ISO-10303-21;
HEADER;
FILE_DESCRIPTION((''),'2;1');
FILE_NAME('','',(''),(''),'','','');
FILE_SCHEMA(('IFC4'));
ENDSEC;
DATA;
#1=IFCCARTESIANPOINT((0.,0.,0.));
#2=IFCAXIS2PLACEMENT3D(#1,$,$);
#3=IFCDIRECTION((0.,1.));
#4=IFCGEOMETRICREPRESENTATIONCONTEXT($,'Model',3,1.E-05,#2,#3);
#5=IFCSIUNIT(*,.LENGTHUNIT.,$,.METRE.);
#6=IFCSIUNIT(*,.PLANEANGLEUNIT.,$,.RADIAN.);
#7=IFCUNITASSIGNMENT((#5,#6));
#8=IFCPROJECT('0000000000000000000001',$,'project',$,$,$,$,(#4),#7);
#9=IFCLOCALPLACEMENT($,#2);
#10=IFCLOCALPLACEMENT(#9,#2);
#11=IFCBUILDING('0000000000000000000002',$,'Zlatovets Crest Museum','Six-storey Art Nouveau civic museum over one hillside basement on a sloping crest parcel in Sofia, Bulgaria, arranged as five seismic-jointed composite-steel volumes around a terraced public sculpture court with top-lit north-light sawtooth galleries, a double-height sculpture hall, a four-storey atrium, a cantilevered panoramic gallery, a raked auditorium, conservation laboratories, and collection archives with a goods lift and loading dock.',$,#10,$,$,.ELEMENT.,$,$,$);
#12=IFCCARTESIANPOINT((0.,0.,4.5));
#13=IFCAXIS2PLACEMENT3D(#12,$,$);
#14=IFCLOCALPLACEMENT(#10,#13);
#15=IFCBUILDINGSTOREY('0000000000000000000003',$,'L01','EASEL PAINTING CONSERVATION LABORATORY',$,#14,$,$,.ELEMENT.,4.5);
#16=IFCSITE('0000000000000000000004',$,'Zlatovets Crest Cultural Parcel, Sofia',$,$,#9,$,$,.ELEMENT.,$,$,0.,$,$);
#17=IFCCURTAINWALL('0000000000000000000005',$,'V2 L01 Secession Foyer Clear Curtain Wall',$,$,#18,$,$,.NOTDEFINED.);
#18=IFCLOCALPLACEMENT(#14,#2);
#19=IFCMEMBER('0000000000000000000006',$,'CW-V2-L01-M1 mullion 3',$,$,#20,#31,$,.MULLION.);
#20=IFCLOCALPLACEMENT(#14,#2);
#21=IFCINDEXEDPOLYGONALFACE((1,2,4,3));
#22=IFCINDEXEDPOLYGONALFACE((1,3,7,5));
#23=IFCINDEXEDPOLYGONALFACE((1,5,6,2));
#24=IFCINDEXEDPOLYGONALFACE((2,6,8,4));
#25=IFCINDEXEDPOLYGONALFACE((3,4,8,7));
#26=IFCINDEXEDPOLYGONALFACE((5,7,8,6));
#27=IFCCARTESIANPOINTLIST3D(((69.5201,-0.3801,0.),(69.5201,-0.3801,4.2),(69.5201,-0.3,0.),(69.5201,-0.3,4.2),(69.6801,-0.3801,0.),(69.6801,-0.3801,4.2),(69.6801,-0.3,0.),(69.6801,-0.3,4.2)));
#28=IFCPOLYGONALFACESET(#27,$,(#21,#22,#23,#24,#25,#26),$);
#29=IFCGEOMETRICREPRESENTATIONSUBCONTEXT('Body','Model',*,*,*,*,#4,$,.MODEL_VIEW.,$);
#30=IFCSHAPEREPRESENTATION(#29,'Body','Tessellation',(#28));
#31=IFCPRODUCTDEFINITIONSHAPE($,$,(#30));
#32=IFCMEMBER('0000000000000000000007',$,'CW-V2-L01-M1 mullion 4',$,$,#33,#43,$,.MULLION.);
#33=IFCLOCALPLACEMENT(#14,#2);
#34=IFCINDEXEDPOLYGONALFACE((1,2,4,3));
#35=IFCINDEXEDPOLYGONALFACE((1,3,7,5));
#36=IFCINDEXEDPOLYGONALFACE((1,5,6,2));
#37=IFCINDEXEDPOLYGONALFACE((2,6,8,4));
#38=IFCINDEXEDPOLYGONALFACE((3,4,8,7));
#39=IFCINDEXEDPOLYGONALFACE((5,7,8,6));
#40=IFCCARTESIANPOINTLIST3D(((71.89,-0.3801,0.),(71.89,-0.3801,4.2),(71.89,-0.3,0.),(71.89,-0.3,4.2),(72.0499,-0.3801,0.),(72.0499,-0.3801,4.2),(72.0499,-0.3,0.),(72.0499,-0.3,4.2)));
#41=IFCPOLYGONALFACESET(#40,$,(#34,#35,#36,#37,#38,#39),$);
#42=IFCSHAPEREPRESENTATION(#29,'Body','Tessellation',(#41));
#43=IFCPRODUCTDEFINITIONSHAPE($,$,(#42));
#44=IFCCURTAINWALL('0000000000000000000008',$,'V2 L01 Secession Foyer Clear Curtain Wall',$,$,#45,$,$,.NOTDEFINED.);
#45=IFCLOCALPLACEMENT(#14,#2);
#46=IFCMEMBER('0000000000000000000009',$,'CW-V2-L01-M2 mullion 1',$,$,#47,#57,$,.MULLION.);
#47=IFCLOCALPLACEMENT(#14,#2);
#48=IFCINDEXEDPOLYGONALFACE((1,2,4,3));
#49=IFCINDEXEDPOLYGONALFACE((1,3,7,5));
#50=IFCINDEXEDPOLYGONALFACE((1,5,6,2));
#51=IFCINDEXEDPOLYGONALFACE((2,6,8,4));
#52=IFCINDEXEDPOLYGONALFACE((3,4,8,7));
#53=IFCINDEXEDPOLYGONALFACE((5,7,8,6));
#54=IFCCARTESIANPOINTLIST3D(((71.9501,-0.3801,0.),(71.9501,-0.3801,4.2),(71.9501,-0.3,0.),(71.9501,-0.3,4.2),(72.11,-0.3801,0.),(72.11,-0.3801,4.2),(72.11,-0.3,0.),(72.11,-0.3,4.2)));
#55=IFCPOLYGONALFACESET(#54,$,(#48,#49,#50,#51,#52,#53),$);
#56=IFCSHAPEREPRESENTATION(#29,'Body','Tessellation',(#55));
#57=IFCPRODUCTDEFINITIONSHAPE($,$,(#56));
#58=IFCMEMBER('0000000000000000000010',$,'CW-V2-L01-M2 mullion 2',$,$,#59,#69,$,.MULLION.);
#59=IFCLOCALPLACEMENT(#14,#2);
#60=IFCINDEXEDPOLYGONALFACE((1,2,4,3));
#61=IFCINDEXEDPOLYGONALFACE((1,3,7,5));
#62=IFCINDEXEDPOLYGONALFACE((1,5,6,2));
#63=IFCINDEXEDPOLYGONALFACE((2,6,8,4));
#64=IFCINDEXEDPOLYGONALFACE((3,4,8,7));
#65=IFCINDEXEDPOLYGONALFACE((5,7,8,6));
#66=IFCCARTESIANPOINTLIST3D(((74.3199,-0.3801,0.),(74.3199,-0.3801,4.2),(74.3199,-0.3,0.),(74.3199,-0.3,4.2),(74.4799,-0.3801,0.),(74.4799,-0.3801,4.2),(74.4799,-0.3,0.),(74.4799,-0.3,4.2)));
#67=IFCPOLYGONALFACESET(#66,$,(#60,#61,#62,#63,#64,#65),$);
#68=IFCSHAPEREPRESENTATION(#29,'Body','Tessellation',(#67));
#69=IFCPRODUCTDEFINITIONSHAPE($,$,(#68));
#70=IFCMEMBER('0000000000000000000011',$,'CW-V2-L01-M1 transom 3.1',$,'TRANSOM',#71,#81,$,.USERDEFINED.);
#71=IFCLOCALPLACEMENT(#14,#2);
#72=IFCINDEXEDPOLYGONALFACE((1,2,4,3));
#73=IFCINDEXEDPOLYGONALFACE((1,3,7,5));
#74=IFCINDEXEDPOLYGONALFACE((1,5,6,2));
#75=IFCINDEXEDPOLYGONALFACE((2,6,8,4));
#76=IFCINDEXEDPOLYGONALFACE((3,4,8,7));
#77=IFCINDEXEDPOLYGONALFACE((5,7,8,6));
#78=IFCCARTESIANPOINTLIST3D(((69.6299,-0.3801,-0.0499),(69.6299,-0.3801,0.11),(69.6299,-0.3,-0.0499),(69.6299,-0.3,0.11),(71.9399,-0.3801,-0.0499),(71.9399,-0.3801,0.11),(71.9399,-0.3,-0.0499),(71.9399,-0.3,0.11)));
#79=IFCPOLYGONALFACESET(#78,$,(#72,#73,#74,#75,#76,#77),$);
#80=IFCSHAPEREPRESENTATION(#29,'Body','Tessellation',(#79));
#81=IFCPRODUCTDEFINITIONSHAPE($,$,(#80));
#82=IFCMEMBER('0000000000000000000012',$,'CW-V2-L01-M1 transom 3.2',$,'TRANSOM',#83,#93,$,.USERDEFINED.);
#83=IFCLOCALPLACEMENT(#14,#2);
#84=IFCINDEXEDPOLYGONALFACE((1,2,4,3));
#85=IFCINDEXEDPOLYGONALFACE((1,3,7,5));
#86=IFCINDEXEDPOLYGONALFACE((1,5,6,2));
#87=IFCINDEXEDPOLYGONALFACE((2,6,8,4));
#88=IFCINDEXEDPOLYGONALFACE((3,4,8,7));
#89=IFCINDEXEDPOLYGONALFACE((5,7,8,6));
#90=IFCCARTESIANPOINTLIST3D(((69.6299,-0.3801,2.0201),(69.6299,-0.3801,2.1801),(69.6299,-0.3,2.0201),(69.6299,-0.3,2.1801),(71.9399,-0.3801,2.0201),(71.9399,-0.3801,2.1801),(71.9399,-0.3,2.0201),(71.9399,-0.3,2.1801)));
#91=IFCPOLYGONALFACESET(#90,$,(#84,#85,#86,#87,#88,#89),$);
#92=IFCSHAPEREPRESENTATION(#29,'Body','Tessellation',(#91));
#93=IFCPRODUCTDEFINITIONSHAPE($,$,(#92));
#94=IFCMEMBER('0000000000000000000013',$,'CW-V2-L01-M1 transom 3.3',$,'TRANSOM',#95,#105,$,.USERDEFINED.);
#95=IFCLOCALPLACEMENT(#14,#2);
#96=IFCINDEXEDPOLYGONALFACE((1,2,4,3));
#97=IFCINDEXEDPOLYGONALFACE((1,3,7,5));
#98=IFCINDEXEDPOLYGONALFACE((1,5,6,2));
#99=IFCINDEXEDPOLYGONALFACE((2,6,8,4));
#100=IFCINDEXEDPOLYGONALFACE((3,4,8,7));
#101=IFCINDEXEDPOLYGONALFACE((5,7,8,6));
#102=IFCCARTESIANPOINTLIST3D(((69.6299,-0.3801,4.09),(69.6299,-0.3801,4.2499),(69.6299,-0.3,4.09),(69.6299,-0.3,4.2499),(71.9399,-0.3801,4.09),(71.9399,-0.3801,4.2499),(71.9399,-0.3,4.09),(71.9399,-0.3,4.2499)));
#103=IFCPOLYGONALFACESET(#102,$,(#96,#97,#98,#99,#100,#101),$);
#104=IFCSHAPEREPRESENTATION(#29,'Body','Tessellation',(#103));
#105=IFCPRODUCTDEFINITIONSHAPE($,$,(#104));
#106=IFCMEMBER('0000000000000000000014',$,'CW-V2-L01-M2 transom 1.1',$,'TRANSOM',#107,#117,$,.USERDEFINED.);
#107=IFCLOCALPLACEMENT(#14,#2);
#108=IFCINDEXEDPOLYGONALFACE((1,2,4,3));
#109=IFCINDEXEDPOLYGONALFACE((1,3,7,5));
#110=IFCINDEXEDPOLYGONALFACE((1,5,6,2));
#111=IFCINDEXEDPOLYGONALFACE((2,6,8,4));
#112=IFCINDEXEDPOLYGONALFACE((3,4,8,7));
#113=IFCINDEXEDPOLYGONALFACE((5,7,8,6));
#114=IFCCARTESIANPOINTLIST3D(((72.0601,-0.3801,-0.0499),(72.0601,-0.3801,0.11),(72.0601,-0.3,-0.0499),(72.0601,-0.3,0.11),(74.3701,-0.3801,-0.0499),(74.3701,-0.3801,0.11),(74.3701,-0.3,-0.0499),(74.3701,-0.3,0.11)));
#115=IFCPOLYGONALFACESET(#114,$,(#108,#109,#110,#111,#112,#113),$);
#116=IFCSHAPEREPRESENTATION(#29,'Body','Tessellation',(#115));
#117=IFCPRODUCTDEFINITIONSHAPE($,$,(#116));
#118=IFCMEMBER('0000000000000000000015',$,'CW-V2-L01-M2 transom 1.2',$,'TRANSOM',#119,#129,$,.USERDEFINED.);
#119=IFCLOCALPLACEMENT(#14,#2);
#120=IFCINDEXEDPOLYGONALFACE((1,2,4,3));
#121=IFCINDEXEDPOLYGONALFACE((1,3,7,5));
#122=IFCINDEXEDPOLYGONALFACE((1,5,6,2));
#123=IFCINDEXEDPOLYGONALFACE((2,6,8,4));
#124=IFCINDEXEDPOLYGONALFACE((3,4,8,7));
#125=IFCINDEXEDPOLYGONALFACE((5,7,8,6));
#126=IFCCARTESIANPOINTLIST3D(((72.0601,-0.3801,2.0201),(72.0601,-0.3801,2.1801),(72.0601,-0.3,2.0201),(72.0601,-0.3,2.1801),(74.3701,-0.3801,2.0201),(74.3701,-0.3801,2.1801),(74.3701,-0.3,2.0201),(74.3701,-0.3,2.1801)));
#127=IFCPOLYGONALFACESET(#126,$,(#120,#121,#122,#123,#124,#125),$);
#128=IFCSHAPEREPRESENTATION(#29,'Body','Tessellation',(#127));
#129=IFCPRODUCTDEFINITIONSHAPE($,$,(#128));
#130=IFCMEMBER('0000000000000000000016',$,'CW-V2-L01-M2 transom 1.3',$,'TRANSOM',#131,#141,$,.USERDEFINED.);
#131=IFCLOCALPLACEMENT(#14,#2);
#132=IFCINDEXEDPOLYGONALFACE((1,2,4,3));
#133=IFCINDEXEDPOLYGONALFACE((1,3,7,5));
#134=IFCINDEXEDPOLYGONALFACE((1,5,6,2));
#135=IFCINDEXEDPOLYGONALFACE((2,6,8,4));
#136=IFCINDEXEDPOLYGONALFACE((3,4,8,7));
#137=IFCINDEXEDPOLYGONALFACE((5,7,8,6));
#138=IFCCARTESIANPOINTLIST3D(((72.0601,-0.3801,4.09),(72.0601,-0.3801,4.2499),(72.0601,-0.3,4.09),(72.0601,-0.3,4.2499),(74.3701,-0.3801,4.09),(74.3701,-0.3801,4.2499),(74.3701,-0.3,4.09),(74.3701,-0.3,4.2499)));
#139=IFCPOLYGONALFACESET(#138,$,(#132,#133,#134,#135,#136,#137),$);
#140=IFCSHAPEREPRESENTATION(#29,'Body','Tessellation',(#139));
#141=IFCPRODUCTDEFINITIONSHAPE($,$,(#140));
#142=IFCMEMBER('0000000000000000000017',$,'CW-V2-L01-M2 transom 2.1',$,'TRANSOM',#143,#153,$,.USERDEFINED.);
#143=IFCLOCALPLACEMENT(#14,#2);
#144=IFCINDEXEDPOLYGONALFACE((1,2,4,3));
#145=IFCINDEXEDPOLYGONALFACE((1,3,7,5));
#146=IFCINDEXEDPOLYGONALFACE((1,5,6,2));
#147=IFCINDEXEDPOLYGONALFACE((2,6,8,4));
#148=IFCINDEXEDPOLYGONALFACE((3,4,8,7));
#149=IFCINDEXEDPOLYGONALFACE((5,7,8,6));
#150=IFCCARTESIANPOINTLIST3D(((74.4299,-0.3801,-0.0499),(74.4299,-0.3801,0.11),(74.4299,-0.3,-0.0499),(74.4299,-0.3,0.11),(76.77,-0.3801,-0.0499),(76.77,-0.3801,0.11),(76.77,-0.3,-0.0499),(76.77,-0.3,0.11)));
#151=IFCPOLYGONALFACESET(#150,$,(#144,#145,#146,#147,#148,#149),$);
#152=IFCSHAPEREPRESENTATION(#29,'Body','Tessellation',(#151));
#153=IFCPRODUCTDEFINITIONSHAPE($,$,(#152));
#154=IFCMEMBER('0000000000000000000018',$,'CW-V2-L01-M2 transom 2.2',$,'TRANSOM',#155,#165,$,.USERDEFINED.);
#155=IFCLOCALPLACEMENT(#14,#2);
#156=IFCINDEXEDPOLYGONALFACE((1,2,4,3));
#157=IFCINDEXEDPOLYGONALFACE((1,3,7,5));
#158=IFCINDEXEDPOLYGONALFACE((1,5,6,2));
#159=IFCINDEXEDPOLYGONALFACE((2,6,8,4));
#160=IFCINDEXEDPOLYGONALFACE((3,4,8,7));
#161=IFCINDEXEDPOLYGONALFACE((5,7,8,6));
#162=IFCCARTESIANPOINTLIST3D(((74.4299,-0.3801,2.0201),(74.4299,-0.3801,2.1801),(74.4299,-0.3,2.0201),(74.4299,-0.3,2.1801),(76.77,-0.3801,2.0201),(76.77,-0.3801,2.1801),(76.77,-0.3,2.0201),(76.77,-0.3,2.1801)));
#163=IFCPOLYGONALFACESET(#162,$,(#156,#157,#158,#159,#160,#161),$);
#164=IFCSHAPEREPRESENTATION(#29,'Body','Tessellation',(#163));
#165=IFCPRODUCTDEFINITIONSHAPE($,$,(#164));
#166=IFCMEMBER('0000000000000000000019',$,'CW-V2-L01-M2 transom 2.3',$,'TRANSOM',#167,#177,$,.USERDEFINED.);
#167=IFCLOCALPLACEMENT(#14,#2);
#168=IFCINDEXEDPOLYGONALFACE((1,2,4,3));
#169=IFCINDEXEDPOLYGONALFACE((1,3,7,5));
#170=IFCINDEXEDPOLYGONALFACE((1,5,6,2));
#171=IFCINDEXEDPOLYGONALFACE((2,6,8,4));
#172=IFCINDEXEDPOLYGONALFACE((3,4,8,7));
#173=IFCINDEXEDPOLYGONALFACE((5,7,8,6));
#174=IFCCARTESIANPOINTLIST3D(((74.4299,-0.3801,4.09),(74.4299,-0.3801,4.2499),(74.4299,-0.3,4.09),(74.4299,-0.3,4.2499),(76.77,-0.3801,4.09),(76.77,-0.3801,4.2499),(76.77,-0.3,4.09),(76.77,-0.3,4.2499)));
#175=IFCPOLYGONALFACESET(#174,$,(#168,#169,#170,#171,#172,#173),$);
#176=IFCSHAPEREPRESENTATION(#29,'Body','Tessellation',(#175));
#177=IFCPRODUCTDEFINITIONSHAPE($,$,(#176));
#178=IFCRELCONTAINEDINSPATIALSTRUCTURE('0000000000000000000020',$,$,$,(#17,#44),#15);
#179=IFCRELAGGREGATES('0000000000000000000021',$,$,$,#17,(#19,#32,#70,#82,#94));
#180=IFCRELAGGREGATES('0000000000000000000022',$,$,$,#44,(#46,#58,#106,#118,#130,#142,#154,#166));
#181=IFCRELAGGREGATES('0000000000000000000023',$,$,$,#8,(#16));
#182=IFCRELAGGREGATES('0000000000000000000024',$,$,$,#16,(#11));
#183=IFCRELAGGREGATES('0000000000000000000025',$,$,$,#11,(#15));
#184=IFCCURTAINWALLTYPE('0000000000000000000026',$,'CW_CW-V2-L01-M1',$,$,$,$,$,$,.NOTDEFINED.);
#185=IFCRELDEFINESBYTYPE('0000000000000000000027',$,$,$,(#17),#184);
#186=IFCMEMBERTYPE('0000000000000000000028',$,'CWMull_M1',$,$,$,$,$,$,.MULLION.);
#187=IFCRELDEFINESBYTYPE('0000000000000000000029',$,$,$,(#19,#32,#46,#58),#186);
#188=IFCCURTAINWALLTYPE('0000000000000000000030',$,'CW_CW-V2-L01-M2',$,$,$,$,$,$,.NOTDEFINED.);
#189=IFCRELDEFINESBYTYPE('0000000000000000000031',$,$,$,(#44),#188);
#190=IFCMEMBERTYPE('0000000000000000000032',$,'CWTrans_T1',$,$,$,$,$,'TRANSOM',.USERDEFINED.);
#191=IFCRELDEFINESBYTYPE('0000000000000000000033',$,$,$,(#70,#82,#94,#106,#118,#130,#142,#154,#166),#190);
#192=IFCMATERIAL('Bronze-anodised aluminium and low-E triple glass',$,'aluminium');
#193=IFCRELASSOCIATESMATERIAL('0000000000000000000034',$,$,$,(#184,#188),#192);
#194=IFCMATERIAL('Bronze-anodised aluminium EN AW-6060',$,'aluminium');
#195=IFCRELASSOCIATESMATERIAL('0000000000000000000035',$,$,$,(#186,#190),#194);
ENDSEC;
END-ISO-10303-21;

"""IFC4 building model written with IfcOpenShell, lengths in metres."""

from ifc_helpers import new_model, si_unit, direction, frame, origin, origin_2d, place, context, subcontext, project, spatial, rectangle, extrude, material, material_profile, profile_set, type_object, element, aggregate, save


model = new_model("IFC4")

# Units and contexts
model_context = context("Model", 3, precision=1e-05, world=origin(), true_north=direction((0.0, 1.0)))
body_context = subcontext(model_context, "Body", "Model", "MODEL_VIEW")
ifc_project = project(units=[si_unit("LENGTHUNIT", "METRE"), si_unit("PLANEANGLEUNIT", "RADIAN")], contexts=[model_context])

# Site, building, storey
site_placement = place(None, origin())
site = spatial("IfcSite", under=ifc_project, at=site_placement, Name="Zlatovets Crest Cultural Parcel, Sofia", CompositionType="ELEMENT", RefElevation=0.0)
building_placement = place(site_placement, origin())
building = spatial("IfcBuilding", under=site, at=building_placement, Name="Zlatovets Crest Museum", Description="Six-storey Art Nouveau civic museum over one hillside basement on a sloping crest parcel in Sofia, Bulgaria, arranged as five seismic-jointed composite-steel volumes around a terraced public sculpture court with top-lit north-light sawtooth galleries, a double-height sculpture hall, a four-storey atrium, a cantilevered panoramic gallery, a raked auditorium, conservation laboratories, and collection archives with a goods lift and loading dock.", CompositionType="ELEMENT")
storey_placement = place(building_placement, frame((0.0, 0.0, 4.5)))
storey = spatial("IfcBuildingStorey", under=building, at=storey_placement, Name="L01", Description="EASEL PAINTING CONSERVATION LABORATORY", CompositionType="ELEMENT", Elevation=4.5)

# Curtain walls, members
ifc_material_1 = material(Name="Bronze-anodised aluminium and low-E triple glass", Category="aluminium")
curtain_wall_type_1 = type_object("IfcCurtainWallType", Name="CW_CW-V2-L01-M1", PredefinedType="NOTDEFINED", material=ifc_material_1)
curtain_wall_1_placement = place(storey_placement, origin())
curtain_wall_1 = element("IfcCurtainWall", 1, at=curtain_wall_1_placement, inside=storey, type_object=curtain_wall_type_1, Name="V2 L01 Secession Foyer Clear Curtain Wall", PredefinedType="NOTDEFINED")
ifc_material_2 = material(Name="Bronze-anodised aluminium EN AW-6060", Category="aluminium")
ifc_material_profile_1 = material_profile(ifc_material_2, rectangle(XDim=0.0801, YDim=0.1599, at=origin_2d()), Name="ALU 80x160")
ifc_profile_set_1 = profile_set([ifc_material_profile_1], Name="Bronze-anodised aluminium EN AW-6060")
member_type_1 = type_object("IfcMemberType", Name="CWMull_M1", PredefinedType="MULLION", material=ifc_profile_set_1)
member_1_placement = place(storey_placement, frame((69.6001, -0.3401, 0.0), z_axis=(0.0, 0.0, 1.0), x_axis=(0.0, 1.0, 0.0)))
member_1 = element("IfcMember", 2, at=member_1_placement, type_object=member_type_1, Name="CW-V2-L01-M1 mullion 3", PredefinedType="MULLION", context=body_context, shape_type="SweptSolid", body=[
    extrude(rectangle(XDim=0.0801, YDim=0.1599, at=origin_2d()), origin(), (0.0, 0.0, 1.0), 4.2),
])
member_2_placement = place(storey_placement, frame((71.97, -0.3401, 0.0), z_axis=(0.0, 0.0, 1.0), x_axis=(0.0, 1.0, 0.0)))
member_2 = element("IfcMember", 3, at=member_2_placement, type_object=member_type_1, Name="CW-V2-L01-M1 mullion 4", PredefinedType="MULLION", context=body_context, shape_type="SweptSolid", body=[
    extrude(rectangle(XDim=0.0801, YDim=0.1599, at=origin_2d()), origin(), (0.0, 0.0, 1.0), 4.2),
])
curtain_wall_type_2 = type_object("IfcCurtainWallType", Name="CW_CW-V2-L01-M2", PredefinedType="NOTDEFINED", material=ifc_material_1)
curtain_wall_2_placement = place(storey_placement, origin())
curtain_wall_2 = element("IfcCurtainWall", 4, at=curtain_wall_2_placement, inside=storey, type_object=curtain_wall_type_2, Name="V2 L01 Secession Foyer Clear Curtain Wall", PredefinedType="NOTDEFINED")
member_3_placement = place(storey_placement, frame((72.03, -0.3401, 0.0), z_axis=(0.0, 0.0, 1.0), x_axis=(0.0, 1.0, 0.0)))
member_3 = element("IfcMember", 5, at=member_3_placement, type_object=member_type_1, Name="CW-V2-L01-M2 mullion 1", PredefinedType="MULLION", context=body_context, shape_type="SweptSolid", body=[
    extrude(rectangle(XDim=0.0801, YDim=0.1599, at=origin_2d()), origin(), (0.0, 0.0, 1.0), 4.2),
])
member_4_placement = place(storey_placement, frame((74.3999, -0.3401, 0.0), z_axis=(0.0, 0.0, 1.0), x_axis=(0.0, 1.0, 0.0)))
member_4 = element("IfcMember", 6, at=member_4_placement, type_object=member_type_1, Name="CW-V2-L01-M2 mullion 2", PredefinedType="MULLION", context=body_context, shape_type="SweptSolid", body=[
    extrude(rectangle(XDim=0.0801, YDim=0.1599, at=origin_2d()), origin(), (0.0, 0.0, 1.0), 4.2),
])

# Members
ifc_material_profile_2 = material_profile(ifc_material_2, rectangle(XDim=0.0801, YDim=0.1599, at=origin_2d()), Name="ALU 80x160")
ifc_profile_set_2 = profile_set([ifc_material_profile_2], Name="Bronze-anodised aluminium EN AW-6060")
member_type_2 = type_object("IfcMemberType", Name="CWTrans_T1", ElementType="TRANSOM", PredefinedType="USERDEFINED", material=ifc_profile_set_2)
member_5_placement = place(storey_placement, frame((69.6299, -0.3401, 0.03), z_axis=(1.0, 0.0, 0.0), x_axis=(0.0, 1.0, 0.0)))
member_5 = element("IfcMember", 7, at=member_5_placement, type_object=member_type_2, Name="CW-V2-L01-M1 transom 3.1", ObjectType="TRANSOM", PredefinedType="USERDEFINED", context=body_context, shape_type="SweptSolid", body=[
    extrude(rectangle(XDim=0.0801, YDim=0.1599, at=origin_2d()), origin(), (0.0, 0.0, 1.0), 2.3101),
])
member_6_placement = place(storey_placement, frame((69.6299, -0.3401, 2.1001), z_axis=(1.0, 0.0, 0.0), x_axis=(0.0, 1.0, 0.0)))
member_6 = element("IfcMember", 8, at=member_6_placement, type_object=member_type_2, Name="CW-V2-L01-M1 transom 3.2", ObjectType="TRANSOM", PredefinedType="USERDEFINED", context=body_context, shape_type="SweptSolid", body=[
    extrude(rectangle(XDim=0.0801, YDim=0.1599, at=origin_2d()), origin(), (0.0, 0.0, 1.0), 2.3101),
])
member_7_placement = place(storey_placement, frame((69.6299, -0.3401, 4.1699), z_axis=(1.0, 0.0, 0.0), x_axis=(0.0, 1.0, 0.0)))
member_7 = element("IfcMember", 9, at=member_7_placement, type_object=member_type_2, Name="CW-V2-L01-M1 transom 3.3", ObjectType="TRANSOM", PredefinedType="USERDEFINED", context=body_context, shape_type="SweptSolid", body=[
    extrude(rectangle(XDim=0.0801, YDim=0.1599, at=origin_2d()), origin(), (0.0, 0.0, 1.0), 2.3101),
])
member_8_placement = place(storey_placement, frame((72.0601, -0.3401, 0.03), z_axis=(1.0, 0.0, 0.0), x_axis=(0.0, 1.0, 0.0)))
member_8 = element("IfcMember", 10, at=member_8_placement, type_object=member_type_2, Name="CW-V2-L01-M2 transom 1.1", ObjectType="TRANSOM", PredefinedType="USERDEFINED", context=body_context, shape_type="SweptSolid", body=[
    extrude(rectangle(XDim=0.0801, YDim=0.1599, at=origin_2d()), origin(), (0.0, 0.0, 1.0), 2.3101),
])
member_9_placement = place(storey_placement, frame((72.0601, -0.3401, 2.1001), z_axis=(1.0, 0.0, 0.0), x_axis=(0.0, 1.0, 0.0)))
member_9 = element("IfcMember", 11, at=member_9_placement, type_object=member_type_2, Name="CW-V2-L01-M2 transom 1.2", ObjectType="TRANSOM", PredefinedType="USERDEFINED", context=body_context, shape_type="SweptSolid", body=[
    extrude(rectangle(XDim=0.0801, YDim=0.1599, at=origin_2d()), origin(), (0.0, 0.0, 1.0), 2.3101),
])
member_10_placement = place(storey_placement, frame((72.0601, -0.3401, 4.1699), z_axis=(1.0, 0.0, 0.0), x_axis=(0.0, 1.0, 0.0)))
member_10 = element("IfcMember", 12, at=member_10_placement, type_object=member_type_2, Name="CW-V2-L01-M2 transom 1.3", ObjectType="TRANSOM", PredefinedType="USERDEFINED", context=body_context, shape_type="SweptSolid", body=[
    extrude(rectangle(XDim=0.0801, YDim=0.1599, at=origin_2d()), origin(), (0.0, 0.0, 1.0), 2.3101),
])
member_11_placement = place(storey_placement, frame((74.4299, -0.3401, 0.03), z_axis=(1.0, 0.0, 0.0), x_axis=(0.0, 1.0, 0.0)))
member_11 = element("IfcMember", 13, at=member_11_placement, type_object=member_type_2, Name="CW-V2-L01-M2 transom 2.1", ObjectType="TRANSOM", PredefinedType="USERDEFINED", context=body_context, shape_type="SweptSolid", body=[
    extrude(rectangle(XDim=0.0801, YDim=0.1599, at=origin_2d()), origin(), (0.0, 0.0, 1.0), 2.3401),
])
member_12_placement = place(storey_placement, frame((74.4299, -0.3401, 2.1001), z_axis=(1.0, 0.0, 0.0), x_axis=(0.0, 1.0, 0.0)))
member_12 = element("IfcMember", 14, at=member_12_placement, type_object=member_type_2, Name="CW-V2-L01-M2 transom 2.2", ObjectType="TRANSOM", PredefinedType="USERDEFINED", context=body_context, shape_type="SweptSolid", body=[
    extrude(rectangle(XDim=0.0801, YDim=0.1599, at=origin_2d()), origin(), (0.0, 0.0, 1.0), 2.3401),
])
member_13_placement = place(storey_placement, frame((74.4299, -0.3401, 4.1699), z_axis=(1.0, 0.0, 0.0), x_axis=(0.0, 1.0, 0.0)))
member_13 = element("IfcMember", 15, at=member_13_placement, type_object=member_type_2, Name="CW-V2-L01-M2 transom 2.3", ObjectType="TRANSOM", PredefinedType="USERDEFINED", context=body_context, shape_type="SweptSolid", body=[
    extrude(rectangle(XDim=0.0801, YDim=0.1599, at=origin_2d()), origin(), (0.0, 0.0, 1.0), 2.3401),
])

aggregate(curtain_wall_1, [member_1, member_2, member_5, member_6, member_7])
aggregate(curtain_wall_2, [member_3, member_4, member_8, member_9, member_10, member_11, member_12, member_13])

save(model, "model.ifc")
